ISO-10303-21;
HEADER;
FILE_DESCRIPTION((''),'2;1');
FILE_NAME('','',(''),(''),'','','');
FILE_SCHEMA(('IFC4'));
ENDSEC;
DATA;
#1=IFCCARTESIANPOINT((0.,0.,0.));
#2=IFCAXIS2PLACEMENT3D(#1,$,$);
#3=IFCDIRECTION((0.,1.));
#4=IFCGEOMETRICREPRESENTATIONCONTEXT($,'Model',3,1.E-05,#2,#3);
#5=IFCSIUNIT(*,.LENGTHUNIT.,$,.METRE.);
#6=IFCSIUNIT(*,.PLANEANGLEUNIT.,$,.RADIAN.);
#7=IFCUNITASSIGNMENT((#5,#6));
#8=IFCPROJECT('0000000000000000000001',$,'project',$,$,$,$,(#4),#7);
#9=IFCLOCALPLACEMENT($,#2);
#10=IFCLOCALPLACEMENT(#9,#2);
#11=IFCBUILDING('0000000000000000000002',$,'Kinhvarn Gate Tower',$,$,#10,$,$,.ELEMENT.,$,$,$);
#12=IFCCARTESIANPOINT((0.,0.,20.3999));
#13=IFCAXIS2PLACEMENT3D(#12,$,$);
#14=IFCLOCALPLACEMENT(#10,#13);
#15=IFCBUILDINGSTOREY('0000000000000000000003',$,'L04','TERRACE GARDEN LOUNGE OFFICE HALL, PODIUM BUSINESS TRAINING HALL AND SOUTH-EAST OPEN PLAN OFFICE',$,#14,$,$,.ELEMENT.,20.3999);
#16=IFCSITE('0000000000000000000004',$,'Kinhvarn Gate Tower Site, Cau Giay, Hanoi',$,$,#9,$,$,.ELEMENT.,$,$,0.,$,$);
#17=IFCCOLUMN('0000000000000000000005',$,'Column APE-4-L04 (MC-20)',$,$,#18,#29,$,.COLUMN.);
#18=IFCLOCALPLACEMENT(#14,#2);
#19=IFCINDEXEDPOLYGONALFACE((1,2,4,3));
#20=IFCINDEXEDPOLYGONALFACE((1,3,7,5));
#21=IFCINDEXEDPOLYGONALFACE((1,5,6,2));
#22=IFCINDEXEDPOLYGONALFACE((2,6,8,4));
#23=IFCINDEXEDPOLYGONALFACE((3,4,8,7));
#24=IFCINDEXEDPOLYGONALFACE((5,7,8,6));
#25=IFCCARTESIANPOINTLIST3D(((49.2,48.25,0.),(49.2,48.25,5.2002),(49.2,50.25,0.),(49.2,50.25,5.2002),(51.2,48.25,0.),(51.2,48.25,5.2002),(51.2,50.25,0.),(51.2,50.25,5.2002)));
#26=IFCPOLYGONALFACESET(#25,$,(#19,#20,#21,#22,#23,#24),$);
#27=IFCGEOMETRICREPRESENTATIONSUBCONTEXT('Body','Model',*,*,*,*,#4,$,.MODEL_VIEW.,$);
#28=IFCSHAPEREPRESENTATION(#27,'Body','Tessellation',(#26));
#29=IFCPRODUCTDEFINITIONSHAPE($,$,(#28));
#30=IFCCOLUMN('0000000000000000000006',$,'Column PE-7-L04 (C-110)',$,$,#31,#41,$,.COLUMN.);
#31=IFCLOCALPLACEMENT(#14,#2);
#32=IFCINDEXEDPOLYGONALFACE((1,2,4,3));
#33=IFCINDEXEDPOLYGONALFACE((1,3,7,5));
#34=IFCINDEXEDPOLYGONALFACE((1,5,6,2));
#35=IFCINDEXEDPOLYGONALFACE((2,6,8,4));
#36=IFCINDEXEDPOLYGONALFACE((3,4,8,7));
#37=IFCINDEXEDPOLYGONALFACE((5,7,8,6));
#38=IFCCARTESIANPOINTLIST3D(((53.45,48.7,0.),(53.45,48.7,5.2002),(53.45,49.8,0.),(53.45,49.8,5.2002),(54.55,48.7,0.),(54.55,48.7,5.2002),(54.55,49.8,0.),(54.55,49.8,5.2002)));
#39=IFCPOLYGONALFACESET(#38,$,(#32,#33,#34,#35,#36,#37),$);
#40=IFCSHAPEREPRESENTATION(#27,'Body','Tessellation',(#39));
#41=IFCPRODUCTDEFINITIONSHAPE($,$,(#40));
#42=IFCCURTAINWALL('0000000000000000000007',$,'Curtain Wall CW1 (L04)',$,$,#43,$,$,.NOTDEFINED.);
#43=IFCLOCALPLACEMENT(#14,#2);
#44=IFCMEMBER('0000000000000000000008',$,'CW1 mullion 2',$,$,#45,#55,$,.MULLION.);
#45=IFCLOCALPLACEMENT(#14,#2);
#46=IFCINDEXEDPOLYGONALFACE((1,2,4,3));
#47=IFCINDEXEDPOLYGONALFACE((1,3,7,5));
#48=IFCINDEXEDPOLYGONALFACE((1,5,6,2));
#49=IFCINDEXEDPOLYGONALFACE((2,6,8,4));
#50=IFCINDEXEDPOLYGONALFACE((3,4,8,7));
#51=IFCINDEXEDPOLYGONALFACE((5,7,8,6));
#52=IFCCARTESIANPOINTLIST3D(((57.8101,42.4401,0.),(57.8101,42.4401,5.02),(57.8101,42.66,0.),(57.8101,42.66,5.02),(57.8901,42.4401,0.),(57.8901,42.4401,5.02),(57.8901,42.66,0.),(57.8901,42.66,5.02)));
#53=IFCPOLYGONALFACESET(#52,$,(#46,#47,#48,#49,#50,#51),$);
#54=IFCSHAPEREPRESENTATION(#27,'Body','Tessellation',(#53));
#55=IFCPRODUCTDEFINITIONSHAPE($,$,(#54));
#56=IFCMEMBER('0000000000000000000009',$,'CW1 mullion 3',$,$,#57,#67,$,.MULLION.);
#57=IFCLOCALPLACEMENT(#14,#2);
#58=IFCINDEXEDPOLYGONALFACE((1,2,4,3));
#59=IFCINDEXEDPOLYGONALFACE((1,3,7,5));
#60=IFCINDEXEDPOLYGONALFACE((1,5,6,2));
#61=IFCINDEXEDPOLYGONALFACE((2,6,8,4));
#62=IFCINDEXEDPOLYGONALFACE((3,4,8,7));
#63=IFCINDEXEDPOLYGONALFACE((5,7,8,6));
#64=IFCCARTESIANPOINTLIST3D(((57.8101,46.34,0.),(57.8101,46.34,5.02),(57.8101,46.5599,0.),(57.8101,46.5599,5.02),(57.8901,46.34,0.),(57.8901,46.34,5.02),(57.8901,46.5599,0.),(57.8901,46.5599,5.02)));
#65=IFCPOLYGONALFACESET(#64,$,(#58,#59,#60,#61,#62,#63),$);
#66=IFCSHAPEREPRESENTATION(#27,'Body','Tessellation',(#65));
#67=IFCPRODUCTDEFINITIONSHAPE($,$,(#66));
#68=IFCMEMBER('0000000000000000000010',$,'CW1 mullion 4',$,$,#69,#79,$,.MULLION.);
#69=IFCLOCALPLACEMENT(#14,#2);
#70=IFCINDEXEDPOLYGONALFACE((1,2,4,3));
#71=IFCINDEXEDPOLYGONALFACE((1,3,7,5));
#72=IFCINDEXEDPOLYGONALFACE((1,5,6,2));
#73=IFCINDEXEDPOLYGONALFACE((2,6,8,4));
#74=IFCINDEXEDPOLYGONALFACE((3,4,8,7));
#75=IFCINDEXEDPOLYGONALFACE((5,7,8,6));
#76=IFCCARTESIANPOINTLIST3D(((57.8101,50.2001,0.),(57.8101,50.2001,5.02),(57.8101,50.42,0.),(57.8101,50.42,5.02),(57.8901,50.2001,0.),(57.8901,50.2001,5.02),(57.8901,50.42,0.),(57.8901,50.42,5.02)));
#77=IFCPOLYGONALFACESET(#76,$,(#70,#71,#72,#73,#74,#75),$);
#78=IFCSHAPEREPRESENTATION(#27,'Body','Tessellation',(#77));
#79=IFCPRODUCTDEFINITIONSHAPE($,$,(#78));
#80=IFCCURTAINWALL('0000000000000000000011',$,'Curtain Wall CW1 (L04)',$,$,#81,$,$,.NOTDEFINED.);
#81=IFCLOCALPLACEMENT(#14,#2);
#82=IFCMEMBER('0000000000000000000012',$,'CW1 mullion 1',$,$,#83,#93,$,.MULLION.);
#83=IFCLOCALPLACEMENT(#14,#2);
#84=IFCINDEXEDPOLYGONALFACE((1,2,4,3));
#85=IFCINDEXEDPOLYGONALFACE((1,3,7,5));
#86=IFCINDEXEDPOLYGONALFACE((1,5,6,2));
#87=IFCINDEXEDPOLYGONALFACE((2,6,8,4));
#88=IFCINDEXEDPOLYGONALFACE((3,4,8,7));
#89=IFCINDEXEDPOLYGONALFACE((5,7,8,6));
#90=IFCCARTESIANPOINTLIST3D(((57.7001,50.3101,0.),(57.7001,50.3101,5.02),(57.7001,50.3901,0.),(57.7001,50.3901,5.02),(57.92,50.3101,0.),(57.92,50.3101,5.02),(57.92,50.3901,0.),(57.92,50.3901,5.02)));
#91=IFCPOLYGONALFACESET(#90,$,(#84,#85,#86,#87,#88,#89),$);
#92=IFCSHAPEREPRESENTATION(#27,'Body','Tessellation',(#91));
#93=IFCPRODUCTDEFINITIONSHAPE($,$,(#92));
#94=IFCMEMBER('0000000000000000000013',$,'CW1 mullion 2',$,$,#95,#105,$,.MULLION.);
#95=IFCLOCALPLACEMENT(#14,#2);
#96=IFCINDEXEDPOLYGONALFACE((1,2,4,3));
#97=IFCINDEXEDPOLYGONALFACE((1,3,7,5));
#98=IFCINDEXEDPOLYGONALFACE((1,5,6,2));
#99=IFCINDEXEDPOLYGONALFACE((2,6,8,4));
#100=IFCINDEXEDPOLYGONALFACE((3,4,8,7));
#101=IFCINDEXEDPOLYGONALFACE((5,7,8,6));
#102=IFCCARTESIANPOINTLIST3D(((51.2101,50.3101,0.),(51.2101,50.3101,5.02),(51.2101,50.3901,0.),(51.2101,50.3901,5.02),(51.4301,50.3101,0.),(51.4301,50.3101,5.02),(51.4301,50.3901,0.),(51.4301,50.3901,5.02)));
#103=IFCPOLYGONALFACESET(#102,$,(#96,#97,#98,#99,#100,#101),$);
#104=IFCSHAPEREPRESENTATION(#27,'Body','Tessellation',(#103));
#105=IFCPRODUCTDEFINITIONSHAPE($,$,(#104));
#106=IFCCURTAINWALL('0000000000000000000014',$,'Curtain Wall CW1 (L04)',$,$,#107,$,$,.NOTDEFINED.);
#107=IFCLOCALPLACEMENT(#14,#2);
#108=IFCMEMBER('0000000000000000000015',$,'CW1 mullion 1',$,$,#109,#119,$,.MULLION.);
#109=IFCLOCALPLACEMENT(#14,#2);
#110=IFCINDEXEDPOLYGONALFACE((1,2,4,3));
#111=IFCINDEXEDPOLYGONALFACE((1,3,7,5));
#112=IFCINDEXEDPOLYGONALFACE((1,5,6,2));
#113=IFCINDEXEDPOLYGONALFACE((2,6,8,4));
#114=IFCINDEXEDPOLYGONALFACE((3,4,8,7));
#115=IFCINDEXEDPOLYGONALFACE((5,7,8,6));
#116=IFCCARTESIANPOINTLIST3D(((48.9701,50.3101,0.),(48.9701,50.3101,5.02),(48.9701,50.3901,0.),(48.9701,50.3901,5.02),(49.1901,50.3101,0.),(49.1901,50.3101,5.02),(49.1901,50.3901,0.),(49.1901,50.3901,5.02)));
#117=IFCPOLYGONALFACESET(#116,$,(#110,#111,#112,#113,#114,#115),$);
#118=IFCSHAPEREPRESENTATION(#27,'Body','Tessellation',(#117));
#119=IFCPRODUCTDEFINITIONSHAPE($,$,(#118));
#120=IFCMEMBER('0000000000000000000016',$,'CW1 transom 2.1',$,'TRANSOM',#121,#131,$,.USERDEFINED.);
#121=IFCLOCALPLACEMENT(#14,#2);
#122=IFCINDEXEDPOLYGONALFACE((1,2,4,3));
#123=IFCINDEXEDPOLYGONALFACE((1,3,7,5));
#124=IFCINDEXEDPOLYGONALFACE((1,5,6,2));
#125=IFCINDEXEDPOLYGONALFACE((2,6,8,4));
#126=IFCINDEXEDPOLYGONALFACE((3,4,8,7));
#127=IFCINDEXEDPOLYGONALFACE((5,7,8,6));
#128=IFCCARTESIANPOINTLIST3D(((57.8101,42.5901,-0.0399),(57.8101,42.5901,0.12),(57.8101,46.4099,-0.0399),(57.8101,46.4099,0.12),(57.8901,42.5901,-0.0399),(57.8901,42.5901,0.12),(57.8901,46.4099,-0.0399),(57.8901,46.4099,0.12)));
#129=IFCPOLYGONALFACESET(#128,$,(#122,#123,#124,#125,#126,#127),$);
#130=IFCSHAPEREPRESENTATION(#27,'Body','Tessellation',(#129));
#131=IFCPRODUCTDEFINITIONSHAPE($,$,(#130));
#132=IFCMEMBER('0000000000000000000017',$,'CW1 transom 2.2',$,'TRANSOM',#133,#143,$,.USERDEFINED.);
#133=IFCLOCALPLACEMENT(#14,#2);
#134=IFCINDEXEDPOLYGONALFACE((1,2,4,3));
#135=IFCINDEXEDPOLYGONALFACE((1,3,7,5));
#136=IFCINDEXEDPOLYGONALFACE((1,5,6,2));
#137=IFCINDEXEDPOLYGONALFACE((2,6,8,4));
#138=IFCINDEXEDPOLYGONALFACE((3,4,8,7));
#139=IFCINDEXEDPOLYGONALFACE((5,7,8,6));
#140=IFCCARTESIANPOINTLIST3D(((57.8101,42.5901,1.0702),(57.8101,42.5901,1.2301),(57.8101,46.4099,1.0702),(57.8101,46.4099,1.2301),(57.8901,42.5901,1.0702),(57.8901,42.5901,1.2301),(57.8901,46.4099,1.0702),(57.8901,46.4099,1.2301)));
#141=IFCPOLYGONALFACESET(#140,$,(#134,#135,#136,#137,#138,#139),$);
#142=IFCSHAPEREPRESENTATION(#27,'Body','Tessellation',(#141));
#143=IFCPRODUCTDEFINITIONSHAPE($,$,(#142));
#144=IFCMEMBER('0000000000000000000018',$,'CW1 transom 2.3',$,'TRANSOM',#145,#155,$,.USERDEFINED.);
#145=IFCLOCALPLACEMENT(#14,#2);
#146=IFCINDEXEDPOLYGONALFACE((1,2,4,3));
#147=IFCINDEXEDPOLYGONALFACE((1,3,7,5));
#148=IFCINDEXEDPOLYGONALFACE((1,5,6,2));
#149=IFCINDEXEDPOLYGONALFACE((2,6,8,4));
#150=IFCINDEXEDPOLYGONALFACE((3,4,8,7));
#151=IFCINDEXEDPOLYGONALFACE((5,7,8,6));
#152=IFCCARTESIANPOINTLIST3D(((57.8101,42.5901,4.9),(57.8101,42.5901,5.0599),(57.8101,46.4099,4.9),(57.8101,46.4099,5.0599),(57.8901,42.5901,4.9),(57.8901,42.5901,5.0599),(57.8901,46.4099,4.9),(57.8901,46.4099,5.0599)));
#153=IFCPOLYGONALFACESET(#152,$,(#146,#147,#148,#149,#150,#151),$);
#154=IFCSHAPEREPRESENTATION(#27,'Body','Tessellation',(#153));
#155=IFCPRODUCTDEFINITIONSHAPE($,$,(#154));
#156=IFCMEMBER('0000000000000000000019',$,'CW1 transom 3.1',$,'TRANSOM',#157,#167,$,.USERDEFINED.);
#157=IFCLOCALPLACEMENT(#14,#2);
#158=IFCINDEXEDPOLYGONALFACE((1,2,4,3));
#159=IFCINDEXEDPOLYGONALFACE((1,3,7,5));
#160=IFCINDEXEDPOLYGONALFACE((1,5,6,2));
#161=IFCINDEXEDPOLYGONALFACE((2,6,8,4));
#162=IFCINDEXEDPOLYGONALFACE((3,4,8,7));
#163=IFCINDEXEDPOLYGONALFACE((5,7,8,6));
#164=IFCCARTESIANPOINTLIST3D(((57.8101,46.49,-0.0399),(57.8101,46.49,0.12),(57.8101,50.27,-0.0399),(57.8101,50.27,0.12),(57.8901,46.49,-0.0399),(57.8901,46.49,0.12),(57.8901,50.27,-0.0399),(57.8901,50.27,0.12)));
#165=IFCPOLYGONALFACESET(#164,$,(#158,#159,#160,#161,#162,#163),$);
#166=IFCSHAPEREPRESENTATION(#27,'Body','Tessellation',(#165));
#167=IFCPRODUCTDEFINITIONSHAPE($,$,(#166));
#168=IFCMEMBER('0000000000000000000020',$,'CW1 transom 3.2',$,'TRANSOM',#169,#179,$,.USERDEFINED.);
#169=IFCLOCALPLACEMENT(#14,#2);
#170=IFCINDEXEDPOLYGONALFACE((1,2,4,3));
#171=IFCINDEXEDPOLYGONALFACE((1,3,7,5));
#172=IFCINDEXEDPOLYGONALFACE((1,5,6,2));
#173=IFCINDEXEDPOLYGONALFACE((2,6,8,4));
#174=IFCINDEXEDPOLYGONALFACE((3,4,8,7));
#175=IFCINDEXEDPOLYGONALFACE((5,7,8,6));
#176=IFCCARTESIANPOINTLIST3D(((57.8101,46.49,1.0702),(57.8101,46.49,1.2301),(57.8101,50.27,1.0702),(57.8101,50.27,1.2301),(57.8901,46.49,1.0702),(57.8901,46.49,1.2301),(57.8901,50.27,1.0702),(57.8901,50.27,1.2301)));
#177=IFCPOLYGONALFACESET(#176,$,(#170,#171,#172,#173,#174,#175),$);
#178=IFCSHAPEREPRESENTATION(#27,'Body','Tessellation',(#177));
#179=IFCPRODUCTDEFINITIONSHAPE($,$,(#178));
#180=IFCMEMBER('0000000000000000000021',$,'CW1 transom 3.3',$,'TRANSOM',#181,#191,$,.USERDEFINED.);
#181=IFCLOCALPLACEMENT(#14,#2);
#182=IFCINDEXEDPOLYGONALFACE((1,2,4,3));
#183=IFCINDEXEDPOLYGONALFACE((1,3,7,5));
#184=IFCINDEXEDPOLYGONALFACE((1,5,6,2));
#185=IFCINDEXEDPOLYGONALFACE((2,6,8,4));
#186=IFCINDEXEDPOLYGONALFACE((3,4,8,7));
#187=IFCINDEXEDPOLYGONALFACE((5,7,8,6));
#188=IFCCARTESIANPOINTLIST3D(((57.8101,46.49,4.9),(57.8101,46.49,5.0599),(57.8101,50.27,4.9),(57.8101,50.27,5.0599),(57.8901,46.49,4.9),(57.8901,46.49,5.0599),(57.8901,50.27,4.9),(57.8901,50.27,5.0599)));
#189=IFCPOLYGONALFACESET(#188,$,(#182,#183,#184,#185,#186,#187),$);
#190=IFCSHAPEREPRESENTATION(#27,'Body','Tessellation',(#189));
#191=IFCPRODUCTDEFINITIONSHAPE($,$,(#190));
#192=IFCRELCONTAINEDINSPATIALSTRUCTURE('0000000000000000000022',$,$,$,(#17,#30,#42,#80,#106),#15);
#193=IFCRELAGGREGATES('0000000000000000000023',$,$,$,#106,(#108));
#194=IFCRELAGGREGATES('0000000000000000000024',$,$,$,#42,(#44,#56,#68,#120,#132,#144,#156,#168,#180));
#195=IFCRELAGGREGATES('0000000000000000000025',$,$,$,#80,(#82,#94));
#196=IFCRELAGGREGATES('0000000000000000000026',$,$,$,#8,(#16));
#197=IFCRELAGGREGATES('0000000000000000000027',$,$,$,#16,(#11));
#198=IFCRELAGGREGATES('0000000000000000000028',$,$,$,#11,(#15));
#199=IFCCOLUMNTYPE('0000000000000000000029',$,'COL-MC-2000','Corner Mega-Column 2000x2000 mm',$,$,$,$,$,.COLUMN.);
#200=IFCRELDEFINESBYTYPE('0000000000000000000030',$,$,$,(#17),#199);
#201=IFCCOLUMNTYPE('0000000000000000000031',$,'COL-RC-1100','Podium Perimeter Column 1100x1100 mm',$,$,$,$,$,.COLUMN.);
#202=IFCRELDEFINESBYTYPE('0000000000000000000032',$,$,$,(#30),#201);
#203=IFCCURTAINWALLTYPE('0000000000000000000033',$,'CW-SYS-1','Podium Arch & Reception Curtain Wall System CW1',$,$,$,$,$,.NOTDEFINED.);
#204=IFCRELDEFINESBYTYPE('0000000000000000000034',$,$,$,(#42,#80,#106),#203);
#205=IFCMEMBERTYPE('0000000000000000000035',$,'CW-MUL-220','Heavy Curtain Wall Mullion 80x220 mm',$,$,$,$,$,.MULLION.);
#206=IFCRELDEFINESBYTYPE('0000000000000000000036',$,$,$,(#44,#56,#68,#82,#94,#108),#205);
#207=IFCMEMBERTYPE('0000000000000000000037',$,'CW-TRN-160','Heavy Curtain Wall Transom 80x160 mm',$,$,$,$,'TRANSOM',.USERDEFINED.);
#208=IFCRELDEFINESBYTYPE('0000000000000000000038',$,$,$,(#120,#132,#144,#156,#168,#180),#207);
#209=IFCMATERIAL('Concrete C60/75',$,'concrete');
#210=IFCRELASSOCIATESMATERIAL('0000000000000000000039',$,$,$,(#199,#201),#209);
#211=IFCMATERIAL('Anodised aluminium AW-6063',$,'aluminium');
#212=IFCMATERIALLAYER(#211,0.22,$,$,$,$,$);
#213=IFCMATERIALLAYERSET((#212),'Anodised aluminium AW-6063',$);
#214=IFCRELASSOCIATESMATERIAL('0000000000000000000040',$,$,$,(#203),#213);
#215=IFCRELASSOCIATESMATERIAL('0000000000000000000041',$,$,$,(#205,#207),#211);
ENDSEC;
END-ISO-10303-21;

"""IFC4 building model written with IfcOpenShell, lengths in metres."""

from ifc_helpers import new_model, si_unit, direction, frame, origin, origin_2d, place, context, subcontext, project, spatial, rectangle, extrude, material, layer, layer_set, material_profile, profile_set, type_object, element, aggregate, save


model = new_model("IFC4")

# Units and contexts
model_context = context("Model", 3, precision=1e-05, world=origin(), true_north=direction((0.0, 1.0)))
body_context = subcontext(model_context, "Body", "Model", "MODEL_VIEW")
ifc_project = project(units=[si_unit("LENGTHUNIT", "METRE"), si_unit("PLANEANGLEUNIT", "RADIAN")], contexts=[model_context])

# Site, building, storey
site_placement = place(None, origin())
site = spatial("IfcSite", under=ifc_project, at=site_placement, Name="Kinhvarn Gate Tower Site, Cau Giay, Hanoi", CompositionType="ELEMENT", RefElevation=0.0)
building_placement = place(site_placement, origin())
building = spatial("IfcBuilding", under=site, at=building_placement, Name="Kinhvarn Gate Tower", CompositionType="ELEMENT")
storey_placement = place(building_placement, frame((0.0, 0.0, 20.3999)))
storey = spatial("IfcBuildingStorey", under=building, at=storey_placement, Name="L04", Description="TERRACE GARDEN LOUNGE OFFICE HALL, PODIUM BUSINESS TRAINING HALL AND SOUTH-EAST OPEN PLAN OFFICE", CompositionType="ELEMENT", Elevation=20.3999)

# Columns
ifc_material_1 = material(Name="Concrete C60/75", Category="concrete")
ifc_material_profile_1 = material_profile(ifc_material_1, rectangle(XDim=2.0, YDim=2.0, at=origin_2d()), Name="RC 2000x2000")
ifc_profile_set_1 = profile_set([ifc_material_profile_1], Name="Concrete C60/75")
column_type_1 = type_object("IfcColumnType", Name="COL-MC-2000", Description="Corner Mega-Column 2000x2000 mm", PredefinedType="COLUMN", material=ifc_profile_set_1)
column_1_placement = place(storey_placement, frame((50.2, 49.25, 0.0), z_axis=(0.0, 0.0, 1.0), x_axis=(1.0, 0.0, 0.0)))
element("IfcColumn", 1, at=column_1_placement, inside=storey, type_object=column_type_1, Name="Column APE-4-L04 (MC-20)", PredefinedType="COLUMN", context=body_context, shape_type="SweptSolid", body=[
    extrude(rectangle(XDim=2.0, YDim=2.0, at=origin_2d()), origin(), (0.0, 0.0, 1.0), 5.2002),
])
ifc_material_profile_2 = material_profile(ifc_material_1, rectangle(XDim=1.1001, YDim=1.1001, at=origin_2d()), Name="RC 1100x1100")
ifc_profile_set_2 = profile_set([ifc_material_profile_2], Name="Concrete C60/75")
column_type_2 = type_object("IfcColumnType", Name="COL-RC-1100", Description="Podium Perimeter Column 1100x1100 mm", PredefinedType="COLUMN", material=ifc_profile_set_2)
column_2_placement = place(storey_placement, frame((54.0, 49.25, 0.0), z_axis=(0.0, 0.0, 1.0), x_axis=(1.0, 0.0, 0.0)))
element("IfcColumn", 2, at=column_2_placement, inside=storey, type_object=column_type_2, Name="Column PE-7-L04 (C-110)", PredefinedType="COLUMN", context=body_context, shape_type="SweptSolid", body=[
    extrude(rectangle(XDim=1.1001, YDim=1.1001, at=origin_2d()), origin(), (0.0, 0.0, 1.0), 5.2002),
])

# Curtain walls, members
ifc_material_2 = material(Name="Anodised aluminium AW-6063", Category="aluminium")
ifc_layer_1 = layer(ifc_material_2, 0.22)
ifc_layer_set_1 = layer_set([ifc_layer_1], Name="Anodised aluminium AW-6063")
curtain_wall_type = type_object("IfcCurtainWallType", Name="CW-SYS-1", Description="Podium Arch & Reception Curtain Wall System CW1", PredefinedType="NOTDEFINED", material=ifc_layer_set_1)
curtain_wall_1_placement = place(storey_placement, origin())
curtain_wall_1 = element("IfcCurtainWall", 3, at=curtain_wall_1_placement, inside=storey, type_object=curtain_wall_type, Name="Curtain Wall CW1 (L04)", PredefinedType="NOTDEFINED")
ifc_material_profile_3 = material_profile(ifc_material_2, rectangle(XDim=0.0801, YDim=0.22, at=origin_2d()), Name="ALU 80x220")
ifc_profile_set_3 = profile_set([ifc_material_profile_3], Name="Anodised aluminium AW-6063")
member_type_1 = type_object("IfcMemberType", Name="CW-MUL-220", Description="Heavy Curtain Wall Mullion 80x220 mm", PredefinedType="MULLION", material=ifc_profile_set_3)
member_1_placement = place(storey_placement, frame((57.8501, 42.55, 0.0), z_axis=(0.0, 0.0, 1.0), x_axis=(-1.0, 0.0, 0.0)))
member_1 = element("IfcMember", 4, at=member_1_placement, type_object=member_type_1, Name="CW1 mullion 2", PredefinedType="MULLION", context=body_context, shape_type="SweptSolid", body=[
    extrude(rectangle(XDim=0.0801, YDim=0.22, at=origin_2d()), origin(), (0.0, 0.0, 1.0), 5.02),
])
member_2_placement = place(storey_placement, frame((57.8501, 46.45, 0.0), z_axis=(0.0, 0.0, 1.0), x_axis=(-1.0, 0.0, 0.0)))
member_2 = element("IfcMember", 5, at=member_2_placement, type_object=member_type_1, Name="CW1 mullion 3", PredefinedType="MULLION", context=body_context, shape_type="SweptSolid", body=[
    extrude(rectangle(XDim=0.0801, YDim=0.22, at=origin_2d()), origin(), (0.0, 0.0, 1.0), 5.02),
])
member_3_placement = place(storey_placement, frame((57.8501, 50.3101, 0.0), z_axis=(0.0, 0.0, 1.0), x_axis=(-1.0, 0.0, 0.0)))
member_3 = element("IfcMember", 6, at=member_3_placement, type_object=member_type_1, Name="CW1 mullion 4", PredefinedType="MULLION", context=body_context, shape_type="SweptSolid", body=[
    extrude(rectangle(XDim=0.0801, YDim=0.22, at=origin_2d()), origin(), (0.0, 0.0, 1.0), 5.02),
])
curtain_wall_2_placement = place(storey_placement, origin())
curtain_wall_2 = element("IfcCurtainWall", 7, at=curtain_wall_2_placement, inside=storey, type_object=curtain_wall_type, Name="Curtain Wall CW1 (L04)", PredefinedType="NOTDEFINED")
member_4_placement = place(storey_placement, frame((57.8101, 50.3501, 0.0), z_axis=(0.0, 0.0, 1.0), x_axis=(0.0, -1.0, 0.0)))
member_4 = element("IfcMember", 8, at=member_4_placement, type_object=member_type_1, Name="CW1 mullion 1", PredefinedType="MULLION", context=body_context, shape_type="SweptSolid", body=[
    extrude(rectangle(XDim=0.0801, YDim=0.22, at=origin_2d()), origin(), (0.0, 0.0, 1.0), 5.02),
])
member_5_placement = place(storey_placement, frame((51.3201, 50.3501, 0.0), z_axis=(0.0, 0.0, 1.0), x_axis=(0.0, -1.0, 0.0)))
member_5 = element("IfcMember", 9, at=member_5_placement, type_object=member_type_1, Name="CW1 mullion 2", PredefinedType="MULLION", context=body_context, shape_type="SweptSolid", body=[
    extrude(rectangle(XDim=0.0801, YDim=0.22, at=origin_2d()), origin(), (0.0, 0.0, 1.0), 5.02),
])

# Curtain wall, member
curtain_wall_3_placement = place(storey_placement, origin())
curtain_wall_3 = element("IfcCurtainWall", 10, at=curtain_wall_3_placement, inside=storey, type_object=curtain_wall_type, Name="Curtain Wall CW1 (L04)", PredefinedType="NOTDEFINED")
member_6_placement = place(storey_placement, frame((49.0801, 50.3501, 0.0), z_axis=(0.0, 0.0, 1.0), x_axis=(0.0, -1.0, 0.0)))
member_6 = element("IfcMember", 11, at=member_6_placement, type_object=member_type_1, Name="CW1 mullion 1", PredefinedType="MULLION", context=body_context, shape_type="SweptSolid", body=[
    extrude(rectangle(XDim=0.0801, YDim=0.22, at=origin_2d()), origin(), (0.0, 0.0, 1.0), 5.02),
])

# Members
ifc_material_profile_4 = material_profile(ifc_material_2, rectangle(XDim=0.0801, YDim=0.1599, at=origin_2d()), Name="ALU 80x160")
ifc_profile_set_4 = profile_set([ifc_material_profile_4], Name="Anodised aluminium AW-6063")
member_type_2 = type_object("IfcMemberType", Name="CW-TRN-160", Description="Heavy Curtain Wall Transom 80x160 mm", ElementType="TRANSOM", PredefinedType="USERDEFINED", material=ifc_profile_set_4)
member_7_placement = place(storey_placement, frame((57.8501, 42.5901, 0.04), z_axis=(0.0, 1.0, 0.0), x_axis=(-1.0, 0.0, 0.0)))
member_7 = element("IfcMember", 12, at=member_7_placement, type_object=member_type_2, Name="CW1 transom 2.1", ObjectType="TRANSOM", PredefinedType="USERDEFINED", context=body_context, shape_type="SweptSolid", body=[
    extrude(rectangle(XDim=0.0801, YDim=0.1599, at=origin_2d()), origin(), (0.0, 0.0, 1.0), 3.8198),
])
member_8_placement = place(storey_placement, frame((57.8501, 42.5901, 1.1501), z_axis=(0.0, 1.0, 0.0), x_axis=(-1.0, 0.0, 0.0)))
member_8 = element("IfcMember", 13, at=member_8_placement, type_object=member_type_2, Name="CW1 transom 2.2", ObjectType="TRANSOM", PredefinedType="USERDEFINED", context=body_context, shape_type="SweptSolid", body=[
    extrude(rectangle(XDim=0.0801, YDim=0.1599, at=origin_2d()), origin(), (0.0, 0.0, 1.0), 3.8198),
])
member_9_placement = place(storey_placement, frame((57.8501, 42.5901, 4.98), z_axis=(0.0, 1.0, 0.0), x_axis=(-1.0, 0.0, 0.0)))
member_9 = element("IfcMember", 14, at=member_9_placement, type_object=member_type_2, Name="CW1 transom 2.3", ObjectType="TRANSOM", PredefinedType="USERDEFINED", context=body_context, shape_type="SweptSolid", body=[
    extrude(rectangle(XDim=0.0801, YDim=0.1599, at=origin_2d()), origin(), (0.0, 0.0, 1.0), 3.8198),
])
member_10_placement = place(storey_placement, frame((57.8501, 46.49, 0.04), z_axis=(0.0, 1.0, 0.0), x_axis=(-1.0, 0.0, 0.0)))
member_10 = element("IfcMember", 15, at=member_10_placement, type_object=member_type_2, Name="CW1 transom 3.1", ObjectType="TRANSOM", PredefinedType="USERDEFINED", context=body_context, shape_type="SweptSolid", body=[
    extrude(rectangle(XDim=0.0801, YDim=0.1599, at=origin_2d()), origin(), (0.0, 0.0, 1.0), 3.78),
])
member_11_placement = place(storey_placement, frame((57.8501, 46.49, 1.1501), z_axis=(0.0, 1.0, 0.0), x_axis=(-1.0, 0.0, 0.0)))
member_11 = element("IfcMember", 16, at=member_11_placement, type_object=member_type_2, Name="CW1 transom 3.2", ObjectType="TRANSOM", PredefinedType="USERDEFINED", context=body_context, shape_type="SweptSolid", body=[
    extrude(rectangle(XDim=0.0801, YDim=0.1599, at=origin_2d()), origin(), (0.0, 0.0, 1.0), 3.78),
])
member_12_placement = place(storey_placement, frame((57.8501, 46.49, 4.98), z_axis=(0.0, 1.0, 0.0), x_axis=(-1.0, 0.0, 0.0)))
member_12 = element("IfcMember", 17, at=member_12_placement, type_object=member_type_2, Name="CW1 transom 3.3", ObjectType="TRANSOM", PredefinedType="USERDEFINED", context=body_context, shape_type="SweptSolid", body=[
    extrude(rectangle(XDim=0.0801, YDim=0.1599, at=origin_2d()), origin(), (0.0, 0.0, 1.0), 3.78),
])
aggregate(curtain_wall_3, [member_6])

aggregate(curtain_wall_1, [member_1, member_2, member_3, member_7, member_8, member_9, member_10, member_11, member_12])
aggregate(curtain_wall_2, [member_4, member_5])

save(model, "model.ifc")
